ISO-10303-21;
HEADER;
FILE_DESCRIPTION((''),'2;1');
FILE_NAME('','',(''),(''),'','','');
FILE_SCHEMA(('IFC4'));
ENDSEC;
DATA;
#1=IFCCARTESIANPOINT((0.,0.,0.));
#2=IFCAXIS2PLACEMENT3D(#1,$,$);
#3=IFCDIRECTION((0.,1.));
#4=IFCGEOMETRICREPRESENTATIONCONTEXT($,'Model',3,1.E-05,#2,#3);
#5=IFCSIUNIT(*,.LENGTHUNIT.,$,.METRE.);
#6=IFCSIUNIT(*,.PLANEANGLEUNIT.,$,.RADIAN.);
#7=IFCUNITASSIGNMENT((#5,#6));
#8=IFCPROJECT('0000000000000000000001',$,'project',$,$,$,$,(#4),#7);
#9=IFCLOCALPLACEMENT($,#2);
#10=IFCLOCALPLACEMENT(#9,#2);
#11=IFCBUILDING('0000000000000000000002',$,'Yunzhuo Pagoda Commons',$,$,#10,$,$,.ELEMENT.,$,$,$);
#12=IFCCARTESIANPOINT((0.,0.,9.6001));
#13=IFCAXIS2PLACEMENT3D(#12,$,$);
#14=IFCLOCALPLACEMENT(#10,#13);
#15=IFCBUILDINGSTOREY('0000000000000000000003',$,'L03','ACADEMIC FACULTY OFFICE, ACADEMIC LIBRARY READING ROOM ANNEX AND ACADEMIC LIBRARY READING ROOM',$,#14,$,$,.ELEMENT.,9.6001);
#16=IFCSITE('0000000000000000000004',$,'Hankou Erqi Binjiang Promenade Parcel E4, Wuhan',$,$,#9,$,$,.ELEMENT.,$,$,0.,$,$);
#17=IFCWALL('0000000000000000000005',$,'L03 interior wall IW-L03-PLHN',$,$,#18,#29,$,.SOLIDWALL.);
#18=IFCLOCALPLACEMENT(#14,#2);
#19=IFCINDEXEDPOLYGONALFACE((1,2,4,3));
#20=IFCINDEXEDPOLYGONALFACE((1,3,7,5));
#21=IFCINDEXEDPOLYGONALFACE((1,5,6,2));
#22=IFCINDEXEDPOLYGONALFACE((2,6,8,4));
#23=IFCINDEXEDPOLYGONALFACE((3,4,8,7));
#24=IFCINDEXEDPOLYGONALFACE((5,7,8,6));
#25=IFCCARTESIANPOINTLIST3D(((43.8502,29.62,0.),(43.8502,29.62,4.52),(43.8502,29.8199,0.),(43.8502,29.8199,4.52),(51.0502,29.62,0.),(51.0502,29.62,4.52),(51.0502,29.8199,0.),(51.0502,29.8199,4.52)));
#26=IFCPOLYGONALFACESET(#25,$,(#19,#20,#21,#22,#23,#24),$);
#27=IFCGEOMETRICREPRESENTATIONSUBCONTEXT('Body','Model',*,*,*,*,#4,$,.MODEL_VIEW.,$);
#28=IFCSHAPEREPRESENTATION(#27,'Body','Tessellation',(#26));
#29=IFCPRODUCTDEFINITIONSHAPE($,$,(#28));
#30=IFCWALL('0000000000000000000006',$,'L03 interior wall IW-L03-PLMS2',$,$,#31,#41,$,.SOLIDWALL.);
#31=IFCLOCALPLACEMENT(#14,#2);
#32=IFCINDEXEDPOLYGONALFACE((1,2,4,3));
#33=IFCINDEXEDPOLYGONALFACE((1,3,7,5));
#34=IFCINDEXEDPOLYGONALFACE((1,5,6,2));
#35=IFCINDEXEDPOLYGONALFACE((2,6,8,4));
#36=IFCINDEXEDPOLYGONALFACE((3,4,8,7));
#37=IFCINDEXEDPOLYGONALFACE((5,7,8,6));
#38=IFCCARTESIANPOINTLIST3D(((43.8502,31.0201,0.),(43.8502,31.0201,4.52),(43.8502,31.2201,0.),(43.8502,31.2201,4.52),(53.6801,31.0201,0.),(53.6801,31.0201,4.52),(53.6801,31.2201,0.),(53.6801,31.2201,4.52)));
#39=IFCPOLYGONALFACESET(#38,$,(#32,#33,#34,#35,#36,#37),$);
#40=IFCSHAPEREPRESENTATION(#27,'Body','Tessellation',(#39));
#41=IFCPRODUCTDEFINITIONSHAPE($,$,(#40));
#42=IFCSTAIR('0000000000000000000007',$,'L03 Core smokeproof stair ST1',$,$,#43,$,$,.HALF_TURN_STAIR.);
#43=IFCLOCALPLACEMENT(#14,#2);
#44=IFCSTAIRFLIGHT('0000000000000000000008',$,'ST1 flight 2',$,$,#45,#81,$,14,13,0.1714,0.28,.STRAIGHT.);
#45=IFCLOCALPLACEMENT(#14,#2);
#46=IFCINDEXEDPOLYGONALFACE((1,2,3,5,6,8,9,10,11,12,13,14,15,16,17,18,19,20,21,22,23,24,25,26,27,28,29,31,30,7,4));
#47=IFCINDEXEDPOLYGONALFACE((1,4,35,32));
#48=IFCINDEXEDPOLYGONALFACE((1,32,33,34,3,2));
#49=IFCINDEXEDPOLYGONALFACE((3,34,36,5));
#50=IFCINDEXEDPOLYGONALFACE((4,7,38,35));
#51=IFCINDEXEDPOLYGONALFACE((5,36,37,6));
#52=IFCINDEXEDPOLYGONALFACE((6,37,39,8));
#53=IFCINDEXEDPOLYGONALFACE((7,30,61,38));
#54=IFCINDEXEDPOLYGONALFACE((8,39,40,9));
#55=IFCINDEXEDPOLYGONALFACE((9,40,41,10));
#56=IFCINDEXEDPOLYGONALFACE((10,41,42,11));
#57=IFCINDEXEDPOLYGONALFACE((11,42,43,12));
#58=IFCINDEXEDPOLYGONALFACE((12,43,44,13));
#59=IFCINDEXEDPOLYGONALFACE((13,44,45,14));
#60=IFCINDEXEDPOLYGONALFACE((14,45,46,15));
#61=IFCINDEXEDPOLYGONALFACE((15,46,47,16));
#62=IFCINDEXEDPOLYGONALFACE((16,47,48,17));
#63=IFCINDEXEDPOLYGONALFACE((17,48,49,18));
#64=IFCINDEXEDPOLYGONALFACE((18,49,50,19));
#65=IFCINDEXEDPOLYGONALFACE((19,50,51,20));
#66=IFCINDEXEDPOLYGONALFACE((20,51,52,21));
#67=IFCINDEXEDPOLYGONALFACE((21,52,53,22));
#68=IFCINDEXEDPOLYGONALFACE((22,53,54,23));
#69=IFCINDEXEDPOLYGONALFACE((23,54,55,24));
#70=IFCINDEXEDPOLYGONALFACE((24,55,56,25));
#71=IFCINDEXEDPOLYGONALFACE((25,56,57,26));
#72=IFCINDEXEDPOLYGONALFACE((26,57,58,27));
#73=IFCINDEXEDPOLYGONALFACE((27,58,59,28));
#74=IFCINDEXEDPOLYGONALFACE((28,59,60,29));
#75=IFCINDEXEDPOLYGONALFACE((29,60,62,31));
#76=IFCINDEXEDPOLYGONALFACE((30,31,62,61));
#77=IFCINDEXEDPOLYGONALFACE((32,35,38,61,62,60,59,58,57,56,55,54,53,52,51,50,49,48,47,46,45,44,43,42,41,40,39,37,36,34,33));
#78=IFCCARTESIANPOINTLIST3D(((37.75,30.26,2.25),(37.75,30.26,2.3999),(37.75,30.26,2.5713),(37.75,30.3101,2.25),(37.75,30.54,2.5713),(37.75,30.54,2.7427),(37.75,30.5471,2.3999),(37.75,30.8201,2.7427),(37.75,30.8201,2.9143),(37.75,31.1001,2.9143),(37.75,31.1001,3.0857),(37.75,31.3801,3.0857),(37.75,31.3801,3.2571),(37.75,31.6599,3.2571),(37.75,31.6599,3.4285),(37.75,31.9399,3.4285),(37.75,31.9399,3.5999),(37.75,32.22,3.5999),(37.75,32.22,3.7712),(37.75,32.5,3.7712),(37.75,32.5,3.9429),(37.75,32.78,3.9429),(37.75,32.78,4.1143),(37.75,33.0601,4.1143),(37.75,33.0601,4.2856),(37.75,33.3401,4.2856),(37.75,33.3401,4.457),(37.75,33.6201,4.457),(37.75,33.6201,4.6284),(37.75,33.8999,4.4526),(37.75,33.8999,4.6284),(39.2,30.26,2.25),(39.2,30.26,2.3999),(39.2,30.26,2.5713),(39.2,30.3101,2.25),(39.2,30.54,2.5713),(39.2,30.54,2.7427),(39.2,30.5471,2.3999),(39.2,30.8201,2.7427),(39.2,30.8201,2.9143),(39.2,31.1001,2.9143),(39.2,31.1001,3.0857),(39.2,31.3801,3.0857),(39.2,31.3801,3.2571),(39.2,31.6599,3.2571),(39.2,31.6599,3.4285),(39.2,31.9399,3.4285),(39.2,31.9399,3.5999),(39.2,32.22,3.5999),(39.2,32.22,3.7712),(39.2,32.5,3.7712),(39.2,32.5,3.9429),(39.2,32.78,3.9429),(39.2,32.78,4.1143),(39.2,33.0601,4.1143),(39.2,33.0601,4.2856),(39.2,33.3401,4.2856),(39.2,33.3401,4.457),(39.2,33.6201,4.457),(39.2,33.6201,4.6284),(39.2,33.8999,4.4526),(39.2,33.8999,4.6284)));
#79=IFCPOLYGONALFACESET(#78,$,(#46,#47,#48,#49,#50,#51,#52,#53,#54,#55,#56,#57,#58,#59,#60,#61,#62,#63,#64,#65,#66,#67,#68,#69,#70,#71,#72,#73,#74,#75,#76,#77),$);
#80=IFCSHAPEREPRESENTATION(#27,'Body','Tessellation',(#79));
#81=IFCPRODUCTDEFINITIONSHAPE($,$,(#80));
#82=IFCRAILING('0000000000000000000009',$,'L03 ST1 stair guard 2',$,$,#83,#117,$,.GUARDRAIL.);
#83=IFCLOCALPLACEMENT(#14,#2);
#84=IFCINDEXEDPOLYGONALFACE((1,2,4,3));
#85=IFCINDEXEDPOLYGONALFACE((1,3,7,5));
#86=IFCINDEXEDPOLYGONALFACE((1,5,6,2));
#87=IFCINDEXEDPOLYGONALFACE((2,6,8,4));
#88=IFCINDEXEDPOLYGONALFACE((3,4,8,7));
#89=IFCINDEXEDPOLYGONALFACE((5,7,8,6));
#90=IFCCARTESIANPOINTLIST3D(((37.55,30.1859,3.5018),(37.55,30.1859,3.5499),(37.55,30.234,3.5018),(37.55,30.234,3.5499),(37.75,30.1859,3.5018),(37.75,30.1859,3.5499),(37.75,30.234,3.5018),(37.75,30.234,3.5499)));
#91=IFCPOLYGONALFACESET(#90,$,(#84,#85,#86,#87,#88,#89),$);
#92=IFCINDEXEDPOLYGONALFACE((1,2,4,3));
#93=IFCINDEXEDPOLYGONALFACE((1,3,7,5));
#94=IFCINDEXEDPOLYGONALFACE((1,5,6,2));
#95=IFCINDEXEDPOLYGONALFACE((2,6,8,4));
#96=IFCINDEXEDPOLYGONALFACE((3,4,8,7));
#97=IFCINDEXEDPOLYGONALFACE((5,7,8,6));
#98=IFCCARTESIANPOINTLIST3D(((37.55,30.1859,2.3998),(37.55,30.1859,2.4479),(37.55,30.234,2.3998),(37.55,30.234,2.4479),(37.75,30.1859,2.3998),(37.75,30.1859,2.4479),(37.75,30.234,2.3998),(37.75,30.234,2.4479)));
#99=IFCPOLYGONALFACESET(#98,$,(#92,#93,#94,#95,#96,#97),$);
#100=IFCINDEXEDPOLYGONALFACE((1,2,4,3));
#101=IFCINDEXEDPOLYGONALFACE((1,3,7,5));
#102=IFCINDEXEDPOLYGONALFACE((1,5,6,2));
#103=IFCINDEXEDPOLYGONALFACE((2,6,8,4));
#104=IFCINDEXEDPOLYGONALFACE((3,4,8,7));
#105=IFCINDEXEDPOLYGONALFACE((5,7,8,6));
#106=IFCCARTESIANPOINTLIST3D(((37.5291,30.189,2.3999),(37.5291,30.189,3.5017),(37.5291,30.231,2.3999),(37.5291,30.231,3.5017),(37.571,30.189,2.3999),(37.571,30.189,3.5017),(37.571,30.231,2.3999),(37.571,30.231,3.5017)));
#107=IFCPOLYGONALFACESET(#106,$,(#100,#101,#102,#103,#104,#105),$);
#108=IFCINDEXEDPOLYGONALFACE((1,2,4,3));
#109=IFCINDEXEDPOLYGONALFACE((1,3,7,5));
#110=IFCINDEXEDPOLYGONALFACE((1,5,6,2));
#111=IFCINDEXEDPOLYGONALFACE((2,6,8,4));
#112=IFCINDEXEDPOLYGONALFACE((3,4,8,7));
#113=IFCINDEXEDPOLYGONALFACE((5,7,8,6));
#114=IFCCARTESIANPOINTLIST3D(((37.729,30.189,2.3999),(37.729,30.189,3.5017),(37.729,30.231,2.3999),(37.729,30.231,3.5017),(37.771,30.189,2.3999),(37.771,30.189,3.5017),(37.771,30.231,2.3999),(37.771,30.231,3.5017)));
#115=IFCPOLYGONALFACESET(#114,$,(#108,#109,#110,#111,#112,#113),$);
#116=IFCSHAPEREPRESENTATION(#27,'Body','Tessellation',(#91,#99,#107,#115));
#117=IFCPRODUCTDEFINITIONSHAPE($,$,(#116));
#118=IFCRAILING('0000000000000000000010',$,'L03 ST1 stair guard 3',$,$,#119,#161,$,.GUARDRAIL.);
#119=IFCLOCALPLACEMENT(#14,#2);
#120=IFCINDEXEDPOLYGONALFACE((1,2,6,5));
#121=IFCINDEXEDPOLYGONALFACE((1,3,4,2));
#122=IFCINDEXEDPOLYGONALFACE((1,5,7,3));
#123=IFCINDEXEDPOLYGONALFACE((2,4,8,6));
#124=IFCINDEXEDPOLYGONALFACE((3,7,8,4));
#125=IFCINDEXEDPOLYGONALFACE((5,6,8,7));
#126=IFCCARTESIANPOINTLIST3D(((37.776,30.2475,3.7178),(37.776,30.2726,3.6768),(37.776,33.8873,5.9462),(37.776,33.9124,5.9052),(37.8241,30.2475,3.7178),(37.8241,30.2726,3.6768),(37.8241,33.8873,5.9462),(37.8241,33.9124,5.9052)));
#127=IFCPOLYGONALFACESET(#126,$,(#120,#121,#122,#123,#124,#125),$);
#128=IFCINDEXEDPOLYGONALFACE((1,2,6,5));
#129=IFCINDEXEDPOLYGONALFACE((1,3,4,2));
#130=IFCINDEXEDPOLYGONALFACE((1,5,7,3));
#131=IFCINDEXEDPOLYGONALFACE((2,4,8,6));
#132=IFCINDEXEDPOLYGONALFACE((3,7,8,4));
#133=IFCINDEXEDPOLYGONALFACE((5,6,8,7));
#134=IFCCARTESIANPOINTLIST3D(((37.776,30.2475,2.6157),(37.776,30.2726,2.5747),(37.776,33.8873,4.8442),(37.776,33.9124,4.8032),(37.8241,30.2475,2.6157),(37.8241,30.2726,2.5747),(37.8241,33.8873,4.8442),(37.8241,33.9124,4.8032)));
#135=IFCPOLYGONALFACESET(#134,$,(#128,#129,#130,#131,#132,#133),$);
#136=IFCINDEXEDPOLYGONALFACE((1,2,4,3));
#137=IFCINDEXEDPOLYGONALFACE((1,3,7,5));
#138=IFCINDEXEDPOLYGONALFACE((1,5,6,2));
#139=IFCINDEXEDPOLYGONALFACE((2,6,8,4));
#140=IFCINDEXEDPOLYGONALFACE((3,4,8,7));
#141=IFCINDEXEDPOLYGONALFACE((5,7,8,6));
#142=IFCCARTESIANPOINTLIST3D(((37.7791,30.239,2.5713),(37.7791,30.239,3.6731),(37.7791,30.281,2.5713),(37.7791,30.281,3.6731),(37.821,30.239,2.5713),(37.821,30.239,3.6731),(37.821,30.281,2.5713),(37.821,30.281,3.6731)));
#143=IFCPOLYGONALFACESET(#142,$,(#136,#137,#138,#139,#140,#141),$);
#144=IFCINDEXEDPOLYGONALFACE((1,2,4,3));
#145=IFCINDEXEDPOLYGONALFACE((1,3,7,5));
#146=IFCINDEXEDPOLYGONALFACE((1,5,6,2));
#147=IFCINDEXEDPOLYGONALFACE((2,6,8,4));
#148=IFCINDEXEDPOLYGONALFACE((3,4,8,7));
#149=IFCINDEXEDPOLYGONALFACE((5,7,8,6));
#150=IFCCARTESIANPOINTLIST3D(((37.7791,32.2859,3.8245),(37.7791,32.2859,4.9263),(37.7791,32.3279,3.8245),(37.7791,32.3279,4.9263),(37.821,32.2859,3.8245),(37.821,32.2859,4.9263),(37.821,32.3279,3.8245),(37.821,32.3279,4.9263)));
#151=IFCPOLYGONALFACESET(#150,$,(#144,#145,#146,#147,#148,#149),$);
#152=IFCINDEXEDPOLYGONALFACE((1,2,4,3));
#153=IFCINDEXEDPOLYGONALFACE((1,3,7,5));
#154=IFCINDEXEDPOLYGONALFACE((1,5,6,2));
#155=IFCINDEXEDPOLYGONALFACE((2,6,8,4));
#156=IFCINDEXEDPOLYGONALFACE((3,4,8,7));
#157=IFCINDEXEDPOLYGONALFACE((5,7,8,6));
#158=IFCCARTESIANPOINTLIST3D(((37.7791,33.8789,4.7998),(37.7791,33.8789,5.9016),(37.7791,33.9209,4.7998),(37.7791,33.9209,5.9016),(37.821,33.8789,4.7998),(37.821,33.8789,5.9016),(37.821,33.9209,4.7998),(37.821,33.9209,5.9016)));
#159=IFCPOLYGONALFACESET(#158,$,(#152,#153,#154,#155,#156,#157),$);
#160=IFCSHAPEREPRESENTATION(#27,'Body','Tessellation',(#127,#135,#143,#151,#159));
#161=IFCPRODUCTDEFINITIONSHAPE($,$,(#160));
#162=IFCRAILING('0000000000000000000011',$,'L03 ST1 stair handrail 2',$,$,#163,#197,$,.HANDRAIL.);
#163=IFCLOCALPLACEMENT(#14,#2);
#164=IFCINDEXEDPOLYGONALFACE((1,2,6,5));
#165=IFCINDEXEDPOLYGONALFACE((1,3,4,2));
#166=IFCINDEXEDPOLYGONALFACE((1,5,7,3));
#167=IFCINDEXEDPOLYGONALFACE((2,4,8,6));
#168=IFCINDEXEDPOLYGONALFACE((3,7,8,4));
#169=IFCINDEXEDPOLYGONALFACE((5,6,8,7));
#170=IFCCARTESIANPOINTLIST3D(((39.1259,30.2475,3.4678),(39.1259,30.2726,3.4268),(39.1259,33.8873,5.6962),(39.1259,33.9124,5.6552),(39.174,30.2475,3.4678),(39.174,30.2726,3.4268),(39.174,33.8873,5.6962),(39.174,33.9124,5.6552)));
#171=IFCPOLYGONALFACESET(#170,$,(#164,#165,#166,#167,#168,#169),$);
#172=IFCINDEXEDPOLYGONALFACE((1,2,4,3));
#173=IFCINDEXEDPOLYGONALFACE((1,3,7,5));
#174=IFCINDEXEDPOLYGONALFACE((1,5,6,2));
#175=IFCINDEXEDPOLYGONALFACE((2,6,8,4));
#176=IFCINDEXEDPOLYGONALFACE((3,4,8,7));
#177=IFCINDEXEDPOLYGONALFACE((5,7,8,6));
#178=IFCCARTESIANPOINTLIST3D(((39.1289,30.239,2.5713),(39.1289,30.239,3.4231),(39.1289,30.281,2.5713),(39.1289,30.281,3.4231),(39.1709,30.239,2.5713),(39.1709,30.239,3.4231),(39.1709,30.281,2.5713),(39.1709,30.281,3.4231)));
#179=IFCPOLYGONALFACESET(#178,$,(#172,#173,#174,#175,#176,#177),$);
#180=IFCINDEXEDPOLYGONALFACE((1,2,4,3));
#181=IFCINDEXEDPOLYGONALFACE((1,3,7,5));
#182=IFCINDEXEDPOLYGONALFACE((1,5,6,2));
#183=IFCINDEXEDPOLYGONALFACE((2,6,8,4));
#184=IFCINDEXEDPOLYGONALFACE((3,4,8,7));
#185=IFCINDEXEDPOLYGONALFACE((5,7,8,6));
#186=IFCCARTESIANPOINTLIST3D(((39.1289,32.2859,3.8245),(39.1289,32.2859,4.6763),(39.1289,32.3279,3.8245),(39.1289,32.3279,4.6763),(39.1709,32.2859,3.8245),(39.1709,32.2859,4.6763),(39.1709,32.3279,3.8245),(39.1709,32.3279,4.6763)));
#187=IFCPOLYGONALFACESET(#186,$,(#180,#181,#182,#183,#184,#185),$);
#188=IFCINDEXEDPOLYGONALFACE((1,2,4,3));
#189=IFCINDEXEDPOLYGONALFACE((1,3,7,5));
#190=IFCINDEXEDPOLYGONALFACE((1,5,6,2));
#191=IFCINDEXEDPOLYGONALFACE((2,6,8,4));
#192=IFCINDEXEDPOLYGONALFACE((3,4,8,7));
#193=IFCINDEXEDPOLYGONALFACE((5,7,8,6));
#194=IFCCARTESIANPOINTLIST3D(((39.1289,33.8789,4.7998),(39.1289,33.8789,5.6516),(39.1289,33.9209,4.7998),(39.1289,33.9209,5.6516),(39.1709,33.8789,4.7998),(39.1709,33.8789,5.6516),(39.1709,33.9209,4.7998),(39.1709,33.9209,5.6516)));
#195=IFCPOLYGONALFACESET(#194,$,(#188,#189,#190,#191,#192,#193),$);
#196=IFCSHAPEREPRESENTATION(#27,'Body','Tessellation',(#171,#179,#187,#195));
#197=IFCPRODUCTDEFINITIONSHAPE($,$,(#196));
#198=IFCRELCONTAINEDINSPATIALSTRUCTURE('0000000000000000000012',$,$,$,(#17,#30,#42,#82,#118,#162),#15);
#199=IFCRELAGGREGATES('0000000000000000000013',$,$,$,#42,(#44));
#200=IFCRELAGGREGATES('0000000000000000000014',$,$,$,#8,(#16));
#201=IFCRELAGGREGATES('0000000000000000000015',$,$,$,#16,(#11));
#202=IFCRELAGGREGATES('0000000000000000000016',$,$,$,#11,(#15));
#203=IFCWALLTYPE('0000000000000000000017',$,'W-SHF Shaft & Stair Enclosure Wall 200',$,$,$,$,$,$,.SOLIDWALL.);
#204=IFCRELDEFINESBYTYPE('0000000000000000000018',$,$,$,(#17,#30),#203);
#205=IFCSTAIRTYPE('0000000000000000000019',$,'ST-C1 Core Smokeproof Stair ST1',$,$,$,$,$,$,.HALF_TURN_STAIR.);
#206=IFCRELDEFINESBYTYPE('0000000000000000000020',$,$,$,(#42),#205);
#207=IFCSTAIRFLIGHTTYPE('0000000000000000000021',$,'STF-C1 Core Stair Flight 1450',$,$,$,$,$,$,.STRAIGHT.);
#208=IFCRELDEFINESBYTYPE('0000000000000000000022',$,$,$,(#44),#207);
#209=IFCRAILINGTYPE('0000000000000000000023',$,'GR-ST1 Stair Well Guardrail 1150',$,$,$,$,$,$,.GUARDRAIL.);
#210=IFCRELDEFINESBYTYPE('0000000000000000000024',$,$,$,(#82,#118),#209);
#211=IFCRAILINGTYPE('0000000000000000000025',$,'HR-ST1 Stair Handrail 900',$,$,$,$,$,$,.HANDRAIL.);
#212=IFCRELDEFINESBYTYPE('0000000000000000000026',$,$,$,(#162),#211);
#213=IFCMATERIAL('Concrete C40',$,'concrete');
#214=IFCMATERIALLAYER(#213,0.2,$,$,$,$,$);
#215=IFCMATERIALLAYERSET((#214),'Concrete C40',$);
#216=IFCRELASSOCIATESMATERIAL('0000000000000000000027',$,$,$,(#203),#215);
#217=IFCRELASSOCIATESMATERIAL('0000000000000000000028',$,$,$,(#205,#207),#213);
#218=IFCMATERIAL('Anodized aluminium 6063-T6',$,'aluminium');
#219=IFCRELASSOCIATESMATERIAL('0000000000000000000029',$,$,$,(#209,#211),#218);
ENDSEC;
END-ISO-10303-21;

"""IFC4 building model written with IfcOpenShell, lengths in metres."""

from ifc_helpers import new_model, si_unit, direction, frame, frame_2d, origin, origin_2d, place, context, subcontext, project, spatial, polyline, rectangle, outline, extrude, source, transform, mapped, material, layer, layer_set, type_object, element, aggregate, save


model = new_model("IFC4")

# Units and contexts
model_context = context("Model", 3, precision=1e-05, world=origin(), true_north=direction((0.0, 1.0)))
body_context = subcontext(model_context, "Body", "Model", "MODEL_VIEW")
ifc_project = project(units=[si_unit("LENGTHUNIT", "METRE"), si_unit("PLANEANGLEUNIT", "RADIAN")], contexts=[model_context])

# Site, building, storey
site_placement = place(None, origin())
site = spatial("IfcSite", under=ifc_project, at=site_placement, Name="Hankou Erqi Binjiang Promenade Parcel E4, Wuhan", CompositionType="ELEMENT", RefElevation=0.0)
building_placement = place(site_placement, origin())
building = spatial("IfcBuilding", under=site, at=building_placement, Name="Yunzhuo Pagoda Commons", CompositionType="ELEMENT")
storey_placement = place(building_placement, frame((0.0, 0.0, 9.6001)))
storey = spatial("IfcBuildingStorey", under=building, at=storey_placement, Name="L03", Description="ACADEMIC FACULTY OFFICE, ACADEMIC LIBRARY READING ROOM ANNEX AND ACADEMIC LIBRARY READING ROOM", CompositionType="ELEMENT", Elevation=9.6001)

# Shared definitions
ifc_material_1 = material(Name="Concrete C40", Category="concrete")
ifc_layer_1 = layer(ifc_material_1, 0.2)
ifc_layer_set_1 = layer_set([ifc_layer_1], Name="Concrete C40")
wall_type_1 = type_object("IfcWallType", Name="W-SHF Shaft & Stair Enclosure Wall 200", PredefinedType="SOLIDWALL", material=ifc_layer_set_1)

# Walls
wall_1_placement = place(storey_placement, frame((43.8501, 29.72, 0.0), z_axis=(0.0, 0.0, 1.0), x_axis=(1.0, 0.0, 0.0)))
element("IfcWall", 1, at=wall_1_placement, inside=storey, type_object=wall_type_1, Name="L03 interior wall IW-L03-PLHN", PredefinedType="SOLIDWALL", context=body_context, shape_type="SweptSolid", body=[
    extrude(rectangle(XDim=7.2, YDim=0.2, at=frame_2d((3.6001, 0.0))), origin(), (0.0, 0.0, 1.0), 4.52),
])
wall_2_placement = place(storey_placement, frame((43.8501, 31.1201, 0.0), z_axis=(0.0, 0.0, 1.0), x_axis=(1.0, 0.0, 0.0)))
element("IfcWall", 2, at=wall_2_placement, inside=storey, type_object=wall_type_1, Name="L03 interior wall IW-L03-PLMS2", PredefinedType="SOLIDWALL", context=body_context, shape_type="SweptSolid", body=[
    extrude(rectangle(XDim=9.8298, YDim=0.2, at=frame_2d((4.915, 0.0))), origin(), (0.0, 0.0, 1.0), 4.52),
])

# Stair, stair flight
stair_type = type_object("IfcStairType", Name="ST-C1 Core Smokeproof Stair ST1", PredefinedType="HALF_TURN_STAIR", material=ifc_material_1)
stair_placement = place(storey_placement, origin())
stair = element("IfcStair", 3, at=stair_placement, inside=storey, type_object=stair_type, Name="L03 Core smokeproof stair ST1", PredefinedType="HALF_TURN_STAIR")
stair_flight_type = type_object("IfcStairFlightType", Name="STF-C1 Core Stair Flight 1450", PredefinedType="STRAIGHT", material=ifc_material_1)
shared_shape_1 = source(origin(), body_context, "Body", "SweptSolid", [
    extrude(outline(polyline([(0.0, -0.1499), (0.0, 0.0), (0.0, 0.1714), (0.28, 0.1714), (0.28, 0.3428), (0.5601, 0.3428), (0.5601, 0.5144), (0.8401, 0.5144), (0.8401, 0.6858), (1.1201, 0.6858), (1.1201, 0.8572), (1.3999, 0.8572), (1.3999, 1.0286), (1.6799, 1.0286), (1.6799, 1.2), (1.96, 1.2), (1.96, 1.3713), (2.24, 1.3713), (2.24, 1.543), (2.52, 1.543), (2.52, 1.7144), (2.8, 1.7144), (2.8, 1.8857), (3.0801, 1.8857), (3.0801, 2.0571), (3.3601, 2.0571), (3.3601, 2.2285), (3.6399, 2.2285), (3.6399, 2.3999), (3.6399, 2.0527), (0.2871, 0.0), (0.05, -0.1499), (0.0, -0.1499)])), frame((0.0, 0.7251, 0.0), z_axis=(0.0, -1.0, 0.0), x_axis=(1.0, 0.0, 0.0)), (0.0, 0.0, 1.0), 1.45),
])
stair_flight_placement = place(storey_placement, frame((38.4751, 30.26, 2.3999), z_axis=(0.0, 0.0, 1.0), x_axis=(0.0, 1.0, 0.0)))
stair_flight = element("IfcStairFlight", 4, at=stair_flight_placement, type_object=stair_flight_type, Name="ST1 flight 2", NumberOfRisers=14, NumberOfTreads=13, PredefinedType="STRAIGHT", RiserHeight=0.1714, TreadLength=0.28, context=body_context, shape_type="MappedRepresentation", body=[
    mapped(shared_shape_1, transform((0.0, 0.0, 0.0), scale=1.0)),
])
aggregate(stair, [stair_flight])

# Railings
ifc_material_2 = material(Name="Anodized aluminium 6063-T6", Category="aluminium")
railing_type_1 = type_object("IfcRailingType", Name="GR-ST1 Stair Well Guardrail 1150", PredefinedType="GUARDRAIL", material=ifc_material_2)
railing_1_placement = place(storey_placement, frame((37.55, 30.21, 2.3999)))
element("IfcRailing", 5, at=railing_1_placement, inside=storey, type_object=railing_type_1, Name="L03 ST1 stair guard 2", PredefinedType="GUARDRAIL", context=body_context, shape_type="SweptSolid", body=[
    extrude(rectangle(XDim=0.0481, YDim=0.0481, at=origin_2d()), frame((0.0, 0.0, 1.126), z_axis=(1.0, 0.0, 0.0), x_axis=(0.0, 1.0, 0.0)), (0.0, 0.0, 1.0), 0.2),
    extrude(rectangle(XDim=0.0481, YDim=0.0481, at=origin_2d()), frame((0.0, 0.0, 0.0239), z_axis=(1.0, 0.0, 0.0), x_axis=(0.0, 1.0, 0.0)), (0.0, 0.0, 1.0), 0.2),
    extrude(rectangle(XDim=0.042, YDim=0.042, at=origin_2d()), origin(), (0.0, 0.0, 1.0), 1.1018),
    extrude(rectangle(XDim=0.042, YDim=0.042, at=origin_2d()), frame((0.2, 0.0, 0.0)), (0.0, 0.0, 1.0), 1.1018),
])
railing_2_placement = place(storey_placement, frame((37.8, 30.26, 2.5713)))
element("IfcRailing", 6, at=railing_2_placement, inside=storey, type_object=railing_type_1, Name="L03 ST1 stair guard 3", PredefinedType="GUARDRAIL", context=body_context, shape_type="SweptSolid", body=[
    extrude(rectangle(XDim=0.0481, YDim=0.0481, at=origin_2d()), frame((0.0, 0.0, 1.126), z_axis=(0.0, 0.85285, 0.522156), x_axis=(-1.0, 0.0, 0.0)), (0.0, 0.0, 1.0), 4.2678),
    extrude(rectangle(XDim=0.0481, YDim=0.0481, at=origin_2d()), frame((0.0, 0.0, 0.0239), z_axis=(0.0, 0.85285, 0.522156), x_axis=(-1.0, 0.0, 0.0)), (0.0, 0.0, 1.0), 4.2678),
    extrude(rectangle(XDim=0.042, YDim=0.042, at=origin_2d()), origin(), (0.0, 0.0, 1.0), 1.1018),
    extrude(rectangle(XDim=0.042, YDim=0.042, at=origin_2d()), frame((0.0, 2.0469, 1.2532)), (0.0, 0.0, 1.0), 1.1018),
    extrude(rectangle(XDim=0.042, YDim=0.042, at=origin_2d()), frame((0.0, 3.6399, 2.2285)), (0.0, 0.0, 1.0), 1.1018),
])
railing_type_2 = type_object("IfcRailingType", Name="HR-ST1 Stair Handrail 900", PredefinedType="HANDRAIL", material=ifc_material_2)
railing_3_placement = place(storey_placement, frame((39.1499, 30.26, 2.5713)))
element("IfcRailing", 7, at=railing_3_placement, inside=storey, type_object=railing_type_2, Name="L03 ST1 stair handrail 2", PredefinedType="HANDRAIL", context=body_context, shape_type="SweptSolid", body=[
    extrude(rectangle(XDim=0.0481, YDim=0.0481, at=origin_2d()), frame((0.0, 0.0, 0.876), z_axis=(0.0, 0.85285, 0.522156), x_axis=(-1.0, 0.0, 0.0)), (0.0, 0.0, 1.0), 4.2678),
    extrude(rectangle(XDim=0.042, YDim=0.042, at=origin_2d()), origin(), (0.0, 0.0, 1.0), 0.8518),
    extrude(rectangle(XDim=0.042, YDim=0.042, at=origin_2d()), frame((0.0, 2.0469, 1.2532)), (0.0, 0.0, 1.0), 0.8518),
    extrude(rectangle(XDim=0.042, YDim=0.042, at=origin_2d()), frame((0.0, 3.6399, 2.2285)), (0.0, 0.0, 1.0), 0.8518),
])

save(model, "model.ifc")
